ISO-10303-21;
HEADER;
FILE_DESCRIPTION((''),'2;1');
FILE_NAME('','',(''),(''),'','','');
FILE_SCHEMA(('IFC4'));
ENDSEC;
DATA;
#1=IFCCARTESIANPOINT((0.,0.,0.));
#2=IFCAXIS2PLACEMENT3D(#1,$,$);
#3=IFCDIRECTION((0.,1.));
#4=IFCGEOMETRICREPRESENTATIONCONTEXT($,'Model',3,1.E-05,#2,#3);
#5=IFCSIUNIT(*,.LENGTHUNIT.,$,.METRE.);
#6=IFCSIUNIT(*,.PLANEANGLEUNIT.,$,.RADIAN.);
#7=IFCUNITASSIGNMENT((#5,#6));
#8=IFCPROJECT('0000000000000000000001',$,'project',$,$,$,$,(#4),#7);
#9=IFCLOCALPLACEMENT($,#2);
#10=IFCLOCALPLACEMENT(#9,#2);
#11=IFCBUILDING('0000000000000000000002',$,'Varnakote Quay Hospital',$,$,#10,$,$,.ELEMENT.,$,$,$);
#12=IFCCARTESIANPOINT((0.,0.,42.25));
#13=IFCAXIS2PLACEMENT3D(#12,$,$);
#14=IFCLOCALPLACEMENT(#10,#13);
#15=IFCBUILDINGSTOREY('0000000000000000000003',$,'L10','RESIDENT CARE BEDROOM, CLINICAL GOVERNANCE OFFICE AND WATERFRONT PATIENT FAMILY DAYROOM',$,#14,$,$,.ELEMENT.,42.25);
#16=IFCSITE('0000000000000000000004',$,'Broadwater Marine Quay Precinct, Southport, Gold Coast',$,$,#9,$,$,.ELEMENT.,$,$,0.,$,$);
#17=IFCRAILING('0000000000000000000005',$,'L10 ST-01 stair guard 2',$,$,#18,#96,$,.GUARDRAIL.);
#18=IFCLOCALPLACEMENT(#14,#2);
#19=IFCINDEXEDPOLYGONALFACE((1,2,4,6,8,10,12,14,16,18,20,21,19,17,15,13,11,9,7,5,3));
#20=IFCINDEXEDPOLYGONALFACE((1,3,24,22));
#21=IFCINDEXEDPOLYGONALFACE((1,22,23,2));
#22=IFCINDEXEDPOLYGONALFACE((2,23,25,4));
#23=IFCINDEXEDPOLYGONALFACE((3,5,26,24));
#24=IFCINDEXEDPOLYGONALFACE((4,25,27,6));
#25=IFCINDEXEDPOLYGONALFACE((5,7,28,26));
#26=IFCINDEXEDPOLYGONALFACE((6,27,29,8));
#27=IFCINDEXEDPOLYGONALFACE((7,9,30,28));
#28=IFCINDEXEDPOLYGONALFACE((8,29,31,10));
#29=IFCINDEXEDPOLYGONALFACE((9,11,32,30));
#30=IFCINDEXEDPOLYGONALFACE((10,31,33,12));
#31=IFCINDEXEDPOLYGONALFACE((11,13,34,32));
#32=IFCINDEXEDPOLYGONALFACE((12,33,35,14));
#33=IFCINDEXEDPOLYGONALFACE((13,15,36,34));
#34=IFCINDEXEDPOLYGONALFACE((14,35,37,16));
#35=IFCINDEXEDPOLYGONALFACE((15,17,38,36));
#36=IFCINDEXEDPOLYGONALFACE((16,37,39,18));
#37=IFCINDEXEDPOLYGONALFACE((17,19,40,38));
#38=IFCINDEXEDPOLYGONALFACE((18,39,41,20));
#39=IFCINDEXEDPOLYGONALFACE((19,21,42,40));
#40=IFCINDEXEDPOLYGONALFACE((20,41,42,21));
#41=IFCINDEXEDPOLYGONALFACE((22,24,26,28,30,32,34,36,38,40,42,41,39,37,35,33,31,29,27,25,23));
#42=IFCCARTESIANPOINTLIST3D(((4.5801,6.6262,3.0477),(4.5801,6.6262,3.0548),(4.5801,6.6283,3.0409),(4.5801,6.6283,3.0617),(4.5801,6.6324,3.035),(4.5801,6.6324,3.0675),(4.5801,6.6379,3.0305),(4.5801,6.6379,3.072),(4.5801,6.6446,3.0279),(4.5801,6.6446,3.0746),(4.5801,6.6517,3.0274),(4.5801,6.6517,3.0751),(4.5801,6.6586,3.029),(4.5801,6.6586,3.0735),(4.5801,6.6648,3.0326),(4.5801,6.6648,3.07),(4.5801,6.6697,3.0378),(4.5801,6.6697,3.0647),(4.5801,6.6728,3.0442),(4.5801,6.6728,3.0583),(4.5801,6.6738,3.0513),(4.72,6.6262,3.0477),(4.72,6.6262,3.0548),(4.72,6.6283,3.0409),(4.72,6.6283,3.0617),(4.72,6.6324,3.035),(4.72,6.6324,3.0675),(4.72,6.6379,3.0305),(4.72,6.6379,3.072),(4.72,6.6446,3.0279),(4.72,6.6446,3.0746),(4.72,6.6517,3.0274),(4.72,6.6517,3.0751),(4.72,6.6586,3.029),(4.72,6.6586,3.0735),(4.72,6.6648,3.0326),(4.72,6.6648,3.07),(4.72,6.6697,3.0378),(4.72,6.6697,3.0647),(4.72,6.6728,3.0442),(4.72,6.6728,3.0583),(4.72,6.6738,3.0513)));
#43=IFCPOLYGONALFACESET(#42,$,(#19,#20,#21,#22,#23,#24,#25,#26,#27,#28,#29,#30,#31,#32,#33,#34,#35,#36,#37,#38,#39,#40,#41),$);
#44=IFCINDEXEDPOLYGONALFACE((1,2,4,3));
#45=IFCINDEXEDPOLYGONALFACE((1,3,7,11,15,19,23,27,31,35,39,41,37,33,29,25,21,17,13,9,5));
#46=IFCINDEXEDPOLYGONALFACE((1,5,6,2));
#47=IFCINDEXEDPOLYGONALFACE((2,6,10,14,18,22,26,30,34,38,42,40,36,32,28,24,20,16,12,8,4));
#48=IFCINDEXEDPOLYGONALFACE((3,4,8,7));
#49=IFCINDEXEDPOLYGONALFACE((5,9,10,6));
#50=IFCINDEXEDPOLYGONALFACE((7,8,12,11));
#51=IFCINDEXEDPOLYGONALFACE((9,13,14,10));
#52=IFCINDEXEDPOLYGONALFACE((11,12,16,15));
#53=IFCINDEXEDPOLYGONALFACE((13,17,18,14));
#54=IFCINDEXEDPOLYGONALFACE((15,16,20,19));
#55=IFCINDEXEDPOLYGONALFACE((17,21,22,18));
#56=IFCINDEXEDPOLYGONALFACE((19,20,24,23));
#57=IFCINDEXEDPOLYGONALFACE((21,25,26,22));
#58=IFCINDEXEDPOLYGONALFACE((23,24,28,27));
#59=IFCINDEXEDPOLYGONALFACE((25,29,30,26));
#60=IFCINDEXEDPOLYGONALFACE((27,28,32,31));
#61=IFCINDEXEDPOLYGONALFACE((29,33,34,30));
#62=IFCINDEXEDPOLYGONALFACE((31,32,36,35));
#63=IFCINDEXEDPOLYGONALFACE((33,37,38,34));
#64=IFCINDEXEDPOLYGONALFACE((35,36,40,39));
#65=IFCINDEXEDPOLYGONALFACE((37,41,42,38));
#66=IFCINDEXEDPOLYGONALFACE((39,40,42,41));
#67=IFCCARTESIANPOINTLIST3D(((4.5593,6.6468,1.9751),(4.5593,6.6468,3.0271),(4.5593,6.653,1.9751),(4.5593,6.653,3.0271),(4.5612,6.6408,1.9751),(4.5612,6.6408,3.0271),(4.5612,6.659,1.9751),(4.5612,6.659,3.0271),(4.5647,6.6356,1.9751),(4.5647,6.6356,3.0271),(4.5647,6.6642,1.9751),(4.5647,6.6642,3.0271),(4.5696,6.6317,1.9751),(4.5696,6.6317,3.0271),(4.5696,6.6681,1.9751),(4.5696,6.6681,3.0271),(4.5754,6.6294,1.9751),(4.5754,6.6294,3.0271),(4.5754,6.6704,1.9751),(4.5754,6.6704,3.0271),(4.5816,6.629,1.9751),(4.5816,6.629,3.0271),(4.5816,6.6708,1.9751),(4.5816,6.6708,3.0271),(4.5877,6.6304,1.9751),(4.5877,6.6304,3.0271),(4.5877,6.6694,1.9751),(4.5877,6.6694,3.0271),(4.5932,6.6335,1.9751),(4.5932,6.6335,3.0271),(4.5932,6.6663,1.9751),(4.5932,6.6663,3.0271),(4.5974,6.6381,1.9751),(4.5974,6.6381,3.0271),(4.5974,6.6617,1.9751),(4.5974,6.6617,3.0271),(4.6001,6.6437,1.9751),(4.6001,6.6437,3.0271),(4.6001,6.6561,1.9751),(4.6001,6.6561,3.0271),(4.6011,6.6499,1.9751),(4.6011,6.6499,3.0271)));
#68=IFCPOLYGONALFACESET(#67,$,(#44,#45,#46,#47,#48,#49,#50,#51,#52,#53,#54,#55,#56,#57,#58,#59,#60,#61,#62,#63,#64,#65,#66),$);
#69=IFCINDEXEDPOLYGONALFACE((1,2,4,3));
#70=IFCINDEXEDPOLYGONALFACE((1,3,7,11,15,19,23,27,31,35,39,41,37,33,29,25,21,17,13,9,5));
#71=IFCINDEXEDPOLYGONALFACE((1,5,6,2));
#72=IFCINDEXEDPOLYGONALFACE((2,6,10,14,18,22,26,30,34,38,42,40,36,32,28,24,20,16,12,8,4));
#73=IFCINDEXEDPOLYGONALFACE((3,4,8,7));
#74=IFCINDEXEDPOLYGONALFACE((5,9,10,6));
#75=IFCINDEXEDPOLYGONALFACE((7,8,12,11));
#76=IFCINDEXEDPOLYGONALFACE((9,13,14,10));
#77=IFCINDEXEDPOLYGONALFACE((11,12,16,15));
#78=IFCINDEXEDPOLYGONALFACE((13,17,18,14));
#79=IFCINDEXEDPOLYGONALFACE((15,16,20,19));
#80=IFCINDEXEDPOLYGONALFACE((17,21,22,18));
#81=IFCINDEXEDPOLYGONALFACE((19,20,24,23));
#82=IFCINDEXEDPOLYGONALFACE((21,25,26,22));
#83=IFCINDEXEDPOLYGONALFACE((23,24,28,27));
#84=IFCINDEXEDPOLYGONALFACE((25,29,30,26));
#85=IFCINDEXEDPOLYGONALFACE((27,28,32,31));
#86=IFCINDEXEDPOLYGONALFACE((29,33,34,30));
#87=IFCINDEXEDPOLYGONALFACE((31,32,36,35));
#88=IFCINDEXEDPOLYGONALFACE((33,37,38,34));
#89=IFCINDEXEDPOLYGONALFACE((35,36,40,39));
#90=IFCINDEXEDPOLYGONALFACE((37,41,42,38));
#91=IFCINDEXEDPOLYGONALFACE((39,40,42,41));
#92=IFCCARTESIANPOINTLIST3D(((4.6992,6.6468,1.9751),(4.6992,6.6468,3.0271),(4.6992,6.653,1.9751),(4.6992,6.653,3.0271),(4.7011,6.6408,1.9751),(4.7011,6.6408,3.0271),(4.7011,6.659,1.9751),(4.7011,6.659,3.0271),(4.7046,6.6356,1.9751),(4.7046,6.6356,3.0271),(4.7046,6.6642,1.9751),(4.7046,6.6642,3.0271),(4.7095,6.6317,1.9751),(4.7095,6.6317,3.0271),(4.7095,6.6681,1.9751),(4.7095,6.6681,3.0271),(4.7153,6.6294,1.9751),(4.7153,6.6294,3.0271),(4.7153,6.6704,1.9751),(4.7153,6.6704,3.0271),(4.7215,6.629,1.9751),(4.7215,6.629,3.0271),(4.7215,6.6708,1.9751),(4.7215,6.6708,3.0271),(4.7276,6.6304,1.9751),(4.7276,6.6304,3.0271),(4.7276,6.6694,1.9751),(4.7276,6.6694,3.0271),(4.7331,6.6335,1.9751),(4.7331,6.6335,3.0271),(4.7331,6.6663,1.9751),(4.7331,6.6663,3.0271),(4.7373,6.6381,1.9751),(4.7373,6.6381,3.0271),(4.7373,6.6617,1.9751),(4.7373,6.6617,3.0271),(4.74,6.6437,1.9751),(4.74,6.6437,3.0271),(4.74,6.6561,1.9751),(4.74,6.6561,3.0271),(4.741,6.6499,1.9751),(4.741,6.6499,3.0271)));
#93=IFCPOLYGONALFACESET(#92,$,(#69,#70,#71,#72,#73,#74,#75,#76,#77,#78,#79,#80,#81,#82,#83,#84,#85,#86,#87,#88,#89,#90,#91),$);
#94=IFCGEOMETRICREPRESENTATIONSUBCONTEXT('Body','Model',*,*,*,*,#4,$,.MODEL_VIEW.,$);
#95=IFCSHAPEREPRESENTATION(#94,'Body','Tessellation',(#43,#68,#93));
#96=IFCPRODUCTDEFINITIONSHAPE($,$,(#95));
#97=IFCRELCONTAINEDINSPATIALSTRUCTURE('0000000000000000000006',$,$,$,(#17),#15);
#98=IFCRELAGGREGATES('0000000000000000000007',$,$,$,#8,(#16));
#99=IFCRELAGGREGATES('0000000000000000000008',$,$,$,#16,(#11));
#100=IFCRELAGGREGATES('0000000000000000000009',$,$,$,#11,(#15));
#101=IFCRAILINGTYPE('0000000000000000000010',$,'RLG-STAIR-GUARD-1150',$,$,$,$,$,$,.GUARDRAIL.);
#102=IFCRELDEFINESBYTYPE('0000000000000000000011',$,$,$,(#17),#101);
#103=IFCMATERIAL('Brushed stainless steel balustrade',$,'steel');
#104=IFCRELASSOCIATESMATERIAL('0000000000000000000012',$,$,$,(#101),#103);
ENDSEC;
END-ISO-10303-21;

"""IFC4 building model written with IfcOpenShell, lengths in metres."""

from ifc_helpers import new_model, si_unit, direction, frame, origin, origin_2d, place, context, subcontext, project, spatial, circle, extrude, material, type_object, element, save


model = new_model("IFC4")

# Units and contexts
model_context = context("Model", 3, precision=1e-05, world=origin(), true_north=direction((0.0, 1.0)))
body_context = subcontext(model_context, "Body", "Model", "MODEL_VIEW")
ifc_project = project(units=[si_unit("LENGTHUNIT", "METRE"), si_unit("PLANEANGLEUNIT", "RADIAN")], contexts=[model_context])

# Site, building, storey
site_placement = place(None, origin())
site = spatial("IfcSite", under=ifc_project, at=site_placement, Name="Broadwater Marine Quay Precinct, Southport, Gold Coast", CompositionType="ELEMENT", RefElevation=0.0)
building_placement = place(site_placement, origin())
building = spatial("IfcBuilding", under=site, at=building_placement, Name="Varnakote Quay Hospital", CompositionType="ELEMENT")
storey_placement = place(building_placement, frame((0.0, 0.0, 42.25)))
storey = spatial("IfcBuildingStorey", under=building, at=storey_placement, Name="L10", Description="RESIDENT CARE BEDROOM, CLINICAL GOVERNANCE OFFICE AND WATERFRONT PATIENT FAMILY DAYROOM", CompositionType="ELEMENT", Elevation=42.25)

# Railing
ifc_material_1 = material(Name="Brushed stainless steel balustrade", Category="steel")
railing_type_1 = type_object("IfcRailingType", Name="RLG-STAIR-GUARD-1150", PredefinedType="GUARDRAIL", material=ifc_material_1)
railing_1_placement = place(storey_placement, frame((4.5801, 6.6499, 1.9751)))
element("IfcRailing", 1, at=railing_1_placement, inside=storey, type_object=railing_type_1, Name="L10 ST-01 stair guard 2", PredefinedType="GUARDRAIL", context=body_context, shape_type="SweptSolid", body=[
    extrude(circle(Radius=0.0239, at=origin_2d()), frame((0.0, 0.0, 1.0762), z_axis=(1.0, 0.0, 0.0), x_axis=(0.0, 1.0, 0.0)), (0.0, 0.0, 1.0), 0.1399),
    extrude(circle(Radius=0.021, at=origin_2d()), origin(), (0.0, 0.0, 1.0), 1.052),
    extrude(circle(Radius=0.021, at=origin_2d()), frame((0.1399, 0.0, 0.0)), (0.0, 0.0, 1.0), 1.052),
])

save(model, "model.ifc")
